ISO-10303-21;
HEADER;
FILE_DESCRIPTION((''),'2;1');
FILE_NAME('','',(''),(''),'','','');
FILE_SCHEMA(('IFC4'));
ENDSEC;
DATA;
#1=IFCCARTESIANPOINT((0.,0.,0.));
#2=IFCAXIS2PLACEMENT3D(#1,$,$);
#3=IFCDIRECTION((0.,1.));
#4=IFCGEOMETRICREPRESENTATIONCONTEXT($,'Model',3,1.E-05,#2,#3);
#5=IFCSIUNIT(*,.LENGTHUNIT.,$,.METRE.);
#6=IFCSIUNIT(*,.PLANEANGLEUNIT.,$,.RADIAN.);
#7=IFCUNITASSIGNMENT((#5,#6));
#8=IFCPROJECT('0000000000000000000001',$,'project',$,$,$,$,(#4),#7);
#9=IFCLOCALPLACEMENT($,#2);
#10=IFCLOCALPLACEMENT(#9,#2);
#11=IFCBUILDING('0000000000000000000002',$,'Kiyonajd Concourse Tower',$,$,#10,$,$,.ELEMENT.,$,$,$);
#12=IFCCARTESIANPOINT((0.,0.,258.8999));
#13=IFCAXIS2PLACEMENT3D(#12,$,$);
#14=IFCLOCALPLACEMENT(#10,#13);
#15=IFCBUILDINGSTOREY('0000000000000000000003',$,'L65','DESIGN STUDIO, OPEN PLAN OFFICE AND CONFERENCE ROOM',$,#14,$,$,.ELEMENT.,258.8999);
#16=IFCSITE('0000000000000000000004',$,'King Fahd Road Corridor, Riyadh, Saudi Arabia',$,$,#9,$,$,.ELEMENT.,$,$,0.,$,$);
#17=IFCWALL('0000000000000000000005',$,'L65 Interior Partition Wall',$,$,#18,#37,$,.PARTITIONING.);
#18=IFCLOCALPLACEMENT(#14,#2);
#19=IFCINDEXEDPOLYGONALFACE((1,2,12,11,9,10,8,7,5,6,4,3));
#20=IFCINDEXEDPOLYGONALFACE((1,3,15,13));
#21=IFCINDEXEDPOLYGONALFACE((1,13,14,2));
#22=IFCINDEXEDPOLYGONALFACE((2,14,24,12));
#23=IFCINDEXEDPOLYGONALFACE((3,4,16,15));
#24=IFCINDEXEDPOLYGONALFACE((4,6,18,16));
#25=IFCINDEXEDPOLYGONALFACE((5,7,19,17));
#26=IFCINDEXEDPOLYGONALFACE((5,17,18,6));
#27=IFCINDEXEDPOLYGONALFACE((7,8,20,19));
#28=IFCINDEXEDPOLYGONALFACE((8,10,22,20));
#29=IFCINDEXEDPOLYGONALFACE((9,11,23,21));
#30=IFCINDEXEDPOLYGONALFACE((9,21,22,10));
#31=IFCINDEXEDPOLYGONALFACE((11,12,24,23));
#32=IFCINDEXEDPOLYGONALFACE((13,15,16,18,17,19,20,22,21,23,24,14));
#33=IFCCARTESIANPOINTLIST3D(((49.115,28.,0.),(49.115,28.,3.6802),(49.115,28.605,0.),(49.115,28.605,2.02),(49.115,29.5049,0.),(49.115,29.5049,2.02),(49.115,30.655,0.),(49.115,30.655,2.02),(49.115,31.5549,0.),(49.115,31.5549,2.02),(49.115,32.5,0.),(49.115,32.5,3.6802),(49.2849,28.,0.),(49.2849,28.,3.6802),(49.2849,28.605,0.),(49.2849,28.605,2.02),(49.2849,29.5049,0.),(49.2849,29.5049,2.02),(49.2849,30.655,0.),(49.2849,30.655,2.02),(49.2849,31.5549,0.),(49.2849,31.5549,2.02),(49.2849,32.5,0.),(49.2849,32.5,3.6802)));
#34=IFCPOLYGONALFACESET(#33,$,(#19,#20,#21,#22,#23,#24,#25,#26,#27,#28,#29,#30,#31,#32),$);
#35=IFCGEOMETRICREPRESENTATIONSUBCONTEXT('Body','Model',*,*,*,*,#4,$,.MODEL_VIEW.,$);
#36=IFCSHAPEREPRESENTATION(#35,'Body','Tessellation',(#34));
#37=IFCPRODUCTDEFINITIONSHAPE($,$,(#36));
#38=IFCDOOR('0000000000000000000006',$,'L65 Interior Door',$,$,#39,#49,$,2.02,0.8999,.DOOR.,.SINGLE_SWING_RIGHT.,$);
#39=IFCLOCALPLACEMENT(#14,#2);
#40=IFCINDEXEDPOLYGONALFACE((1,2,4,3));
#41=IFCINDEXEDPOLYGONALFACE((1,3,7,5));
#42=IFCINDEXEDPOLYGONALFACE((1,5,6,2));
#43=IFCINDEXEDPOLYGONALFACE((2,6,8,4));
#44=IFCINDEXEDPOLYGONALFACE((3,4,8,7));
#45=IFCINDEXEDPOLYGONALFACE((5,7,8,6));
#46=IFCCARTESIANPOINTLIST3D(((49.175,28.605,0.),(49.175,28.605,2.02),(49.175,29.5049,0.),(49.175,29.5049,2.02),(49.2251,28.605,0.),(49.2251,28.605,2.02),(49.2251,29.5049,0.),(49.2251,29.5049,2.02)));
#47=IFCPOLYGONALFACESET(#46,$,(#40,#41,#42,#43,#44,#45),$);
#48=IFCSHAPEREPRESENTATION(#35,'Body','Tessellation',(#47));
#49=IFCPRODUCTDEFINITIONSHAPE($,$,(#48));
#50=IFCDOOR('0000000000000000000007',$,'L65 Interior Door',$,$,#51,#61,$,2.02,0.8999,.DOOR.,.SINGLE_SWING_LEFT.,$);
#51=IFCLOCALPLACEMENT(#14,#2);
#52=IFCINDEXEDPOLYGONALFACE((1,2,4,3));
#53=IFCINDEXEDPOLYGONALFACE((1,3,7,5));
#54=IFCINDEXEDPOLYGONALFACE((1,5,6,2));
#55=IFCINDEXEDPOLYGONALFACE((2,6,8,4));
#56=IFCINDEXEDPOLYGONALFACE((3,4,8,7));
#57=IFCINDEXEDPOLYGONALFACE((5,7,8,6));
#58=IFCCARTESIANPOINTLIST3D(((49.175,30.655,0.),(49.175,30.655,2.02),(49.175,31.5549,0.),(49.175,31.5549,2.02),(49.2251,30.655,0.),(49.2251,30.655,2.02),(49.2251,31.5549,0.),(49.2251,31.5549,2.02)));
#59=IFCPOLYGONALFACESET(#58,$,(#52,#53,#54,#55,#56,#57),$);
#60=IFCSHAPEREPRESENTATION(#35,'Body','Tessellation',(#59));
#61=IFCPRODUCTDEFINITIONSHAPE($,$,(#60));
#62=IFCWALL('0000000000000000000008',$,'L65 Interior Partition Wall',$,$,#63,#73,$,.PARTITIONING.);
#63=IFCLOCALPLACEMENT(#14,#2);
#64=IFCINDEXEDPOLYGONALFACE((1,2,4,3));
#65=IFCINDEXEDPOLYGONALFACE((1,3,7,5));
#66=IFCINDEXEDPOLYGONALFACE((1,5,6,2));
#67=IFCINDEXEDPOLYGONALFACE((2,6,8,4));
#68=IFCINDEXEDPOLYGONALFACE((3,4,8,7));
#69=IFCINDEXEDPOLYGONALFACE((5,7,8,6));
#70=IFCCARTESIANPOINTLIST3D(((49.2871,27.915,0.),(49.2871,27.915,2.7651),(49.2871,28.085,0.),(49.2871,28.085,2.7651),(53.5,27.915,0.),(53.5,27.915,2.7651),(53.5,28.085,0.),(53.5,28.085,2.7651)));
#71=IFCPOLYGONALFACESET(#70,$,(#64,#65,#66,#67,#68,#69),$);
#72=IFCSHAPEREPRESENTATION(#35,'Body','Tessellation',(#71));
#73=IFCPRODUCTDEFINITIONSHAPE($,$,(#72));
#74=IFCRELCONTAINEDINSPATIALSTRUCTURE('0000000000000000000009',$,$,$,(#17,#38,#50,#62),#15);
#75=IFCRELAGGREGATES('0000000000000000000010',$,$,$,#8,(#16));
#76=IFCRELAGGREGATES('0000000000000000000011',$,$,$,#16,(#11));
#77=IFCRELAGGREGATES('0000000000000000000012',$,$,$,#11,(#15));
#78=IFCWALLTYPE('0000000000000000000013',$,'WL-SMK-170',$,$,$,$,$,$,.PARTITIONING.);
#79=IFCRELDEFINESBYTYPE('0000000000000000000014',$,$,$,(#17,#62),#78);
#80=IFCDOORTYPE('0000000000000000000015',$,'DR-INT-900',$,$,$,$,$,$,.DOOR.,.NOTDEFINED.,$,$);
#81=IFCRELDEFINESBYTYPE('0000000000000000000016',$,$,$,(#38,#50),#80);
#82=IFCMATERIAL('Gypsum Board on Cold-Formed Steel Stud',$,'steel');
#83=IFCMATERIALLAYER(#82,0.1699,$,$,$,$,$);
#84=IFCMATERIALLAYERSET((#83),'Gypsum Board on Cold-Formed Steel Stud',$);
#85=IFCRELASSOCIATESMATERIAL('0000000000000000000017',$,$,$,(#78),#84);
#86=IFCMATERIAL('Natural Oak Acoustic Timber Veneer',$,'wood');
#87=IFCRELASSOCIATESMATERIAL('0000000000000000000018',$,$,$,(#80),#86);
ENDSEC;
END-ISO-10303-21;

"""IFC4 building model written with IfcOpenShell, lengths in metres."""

from ifc_helpers import new_model, si_unit, direction, frame, frame_2d, origin, place, context, subcontext, project, spatial, rectangle, extrude, material, layer, layer_set, type_object, element, fill, save


model = new_model("IFC4")

# Units and contexts
model_context = context("Model", 3, precision=1e-05, world=origin(), true_north=direction((0.0, 1.0)))
body_context = subcontext(model_context, "Body", "Model", "MODEL_VIEW")
ifc_project = project(units=[si_unit("LENGTHUNIT", "METRE"), si_unit("PLANEANGLEUNIT", "RADIAN")], contexts=[model_context])

# Site, building, storey
site_placement = place(None, origin())
site = spatial("IfcSite", under=ifc_project, at=site_placement, Name="King Fahd Road Corridor, Riyadh, Saudi Arabia", CompositionType="ELEMENT", RefElevation=0.0)
building_placement = place(site_placement, origin())
building = spatial("IfcBuilding", under=site, at=building_placement, Name="Kiyonajd Concourse Tower", CompositionType="ELEMENT")
storey_placement = place(building_placement, frame((0.0, 0.0, 258.8999)))
storey = spatial("IfcBuildingStorey", under=building, at=storey_placement, Name="L65", Description="DESIGN STUDIO, OPEN PLAN OFFICE AND CONFERENCE ROOM", CompositionType="ELEMENT", Elevation=258.8999)

# Shared definitions
ifc_material_1 = material(Name="Gypsum Board on Cold-Formed Steel Stud", Category="steel")

# Shared definitions
ifc_layer_1 = layer(ifc_material_1, 0.1699)
ifc_layer_set_1 = layer_set([ifc_layer_1], Name="Gypsum Board on Cold-Formed Steel Stud")
wall_type_1 = type_object("IfcWallType", Name="WL-SMK-170", PredefinedType="PARTITIONING", material=ifc_layer_set_1)
ifc_material_2 = material(Name="Natural Oak Acoustic Timber Veneer", Category="wood")
door_type = type_object("IfcDoorType", Name="DR-INT-900", OperationType="NOTDEFINED", PredefinedType="DOOR", material=ifc_material_2)

# Wall, openings, doors
wall_1_placement = place(storey_placement, frame((49.2, 28.0, 0.0), z_axis=(0.0, 0.0, 1.0), x_axis=(0.0, 1.0, 0.0)))
wall_1 = element("IfcWall", 1, at=wall_1_placement, inside=storey, type_object=wall_type_1, Name="L65 Interior Partition Wall", PredefinedType="PARTITIONING", context=body_context, shape_type="SweptSolid", body=[
    extrude(rectangle(XDim=4.5, YDim=0.1699, at=frame_2d((2.25, 0.0))), origin(), (0.0, 0.0, 1.0), 3.6802),
])
opening_1_placement = place(wall_1_placement, frame((0.605, 0.0, 0.0)))
opening_1 = element("IfcOpeningElement", 2, at=opening_1_placement, cuts=wall_1, PredefinedType="OPENING", context=body_context, shape_type="SweptSolid", body=[
    extrude(rectangle(XDim=0.8999, YDim=2.02, at=frame_2d((0.45, 1.01))), frame((0.0, 0.095, 0.0), z_axis=(0.0, -1.0, 0.0), x_axis=(1.0, 0.0, 0.0)), (0.0, 0.0, 1.0), 0.1899),
])
opening_2_placement = place(wall_1_placement, frame((2.655, 0.0, 0.0)))
opening_2 = element("IfcOpeningElement", 3, at=opening_2_placement, cuts=wall_1, PredefinedType="OPENING", context=body_context, shape_type="SweptSolid", body=[
    extrude(rectangle(XDim=0.8999, YDim=2.02, at=frame_2d((0.45, 1.01))), frame((0.0, 0.095, 0.0), z_axis=(0.0, -1.0, 0.0), x_axis=(1.0, 0.0, 0.0)), (0.0, 0.0, 1.0), 0.1899),
])
door_1_placement = place(opening_1_placement, origin())
door_1 = element("IfcDoor", 4, at=door_1_placement, inside=storey, type_object=door_type, Name="L65 Interior Door", OperationType="SINGLE_SWING_RIGHT", OverallHeight=2.02, OverallWidth=0.8999, PredefinedType="DOOR", context=body_context, shape_type="SweptSolid", body=[
    extrude(rectangle(XDim=0.8999, YDim=2.02, at=frame_2d((0.45, 1.01))), frame((0.0, 0.0249, 0.0), z_axis=(0.0, -1.0, 0.0), x_axis=(1.0, 0.0, 0.0)), (0.0, 0.0, 1.0), 0.05),
])
fill(opening_1, door_1)
door_2_placement = place(opening_2_placement, origin())
door_2 = element("IfcDoor", 5, at=door_2_placement, inside=storey, type_object=door_type, Name="L65 Interior Door", OperationType="SINGLE_SWING_LEFT", OverallHeight=2.02, OverallWidth=0.8999, PredefinedType="DOOR", context=body_context, shape_type="SweptSolid", body=[
    extrude(rectangle(XDim=0.8999, YDim=2.02, at=frame_2d((0.45, 1.01))), frame((0.0, 0.0249, 0.0), z_axis=(0.0, -1.0, 0.0), x_axis=(1.0, 0.0, 0.0)), (0.0, 0.0, 1.0), 0.05),
])
fill(opening_2, door_2)

# Wall
wall_2_placement = place(storey_placement, frame((49.2871, 28.0, 0.0), z_axis=(0.0, 0.0, 1.0), x_axis=(1.0, 0.0, 0.0)))
element("IfcWall", 6, at=wall_2_placement, inside=storey, type_object=wall_type_1, Name="L65 Interior Partition Wall", PredefinedType="PARTITIONING", context=body_context, shape_type="SweptSolid", body=[
    extrude(rectangle(XDim=4.2129, YDim=0.1699, at=frame_2d((2.1064, 0.0))), origin(), (0.0, 0.0, 1.0), 2.7651),
])

save(model, "model.ifc")
